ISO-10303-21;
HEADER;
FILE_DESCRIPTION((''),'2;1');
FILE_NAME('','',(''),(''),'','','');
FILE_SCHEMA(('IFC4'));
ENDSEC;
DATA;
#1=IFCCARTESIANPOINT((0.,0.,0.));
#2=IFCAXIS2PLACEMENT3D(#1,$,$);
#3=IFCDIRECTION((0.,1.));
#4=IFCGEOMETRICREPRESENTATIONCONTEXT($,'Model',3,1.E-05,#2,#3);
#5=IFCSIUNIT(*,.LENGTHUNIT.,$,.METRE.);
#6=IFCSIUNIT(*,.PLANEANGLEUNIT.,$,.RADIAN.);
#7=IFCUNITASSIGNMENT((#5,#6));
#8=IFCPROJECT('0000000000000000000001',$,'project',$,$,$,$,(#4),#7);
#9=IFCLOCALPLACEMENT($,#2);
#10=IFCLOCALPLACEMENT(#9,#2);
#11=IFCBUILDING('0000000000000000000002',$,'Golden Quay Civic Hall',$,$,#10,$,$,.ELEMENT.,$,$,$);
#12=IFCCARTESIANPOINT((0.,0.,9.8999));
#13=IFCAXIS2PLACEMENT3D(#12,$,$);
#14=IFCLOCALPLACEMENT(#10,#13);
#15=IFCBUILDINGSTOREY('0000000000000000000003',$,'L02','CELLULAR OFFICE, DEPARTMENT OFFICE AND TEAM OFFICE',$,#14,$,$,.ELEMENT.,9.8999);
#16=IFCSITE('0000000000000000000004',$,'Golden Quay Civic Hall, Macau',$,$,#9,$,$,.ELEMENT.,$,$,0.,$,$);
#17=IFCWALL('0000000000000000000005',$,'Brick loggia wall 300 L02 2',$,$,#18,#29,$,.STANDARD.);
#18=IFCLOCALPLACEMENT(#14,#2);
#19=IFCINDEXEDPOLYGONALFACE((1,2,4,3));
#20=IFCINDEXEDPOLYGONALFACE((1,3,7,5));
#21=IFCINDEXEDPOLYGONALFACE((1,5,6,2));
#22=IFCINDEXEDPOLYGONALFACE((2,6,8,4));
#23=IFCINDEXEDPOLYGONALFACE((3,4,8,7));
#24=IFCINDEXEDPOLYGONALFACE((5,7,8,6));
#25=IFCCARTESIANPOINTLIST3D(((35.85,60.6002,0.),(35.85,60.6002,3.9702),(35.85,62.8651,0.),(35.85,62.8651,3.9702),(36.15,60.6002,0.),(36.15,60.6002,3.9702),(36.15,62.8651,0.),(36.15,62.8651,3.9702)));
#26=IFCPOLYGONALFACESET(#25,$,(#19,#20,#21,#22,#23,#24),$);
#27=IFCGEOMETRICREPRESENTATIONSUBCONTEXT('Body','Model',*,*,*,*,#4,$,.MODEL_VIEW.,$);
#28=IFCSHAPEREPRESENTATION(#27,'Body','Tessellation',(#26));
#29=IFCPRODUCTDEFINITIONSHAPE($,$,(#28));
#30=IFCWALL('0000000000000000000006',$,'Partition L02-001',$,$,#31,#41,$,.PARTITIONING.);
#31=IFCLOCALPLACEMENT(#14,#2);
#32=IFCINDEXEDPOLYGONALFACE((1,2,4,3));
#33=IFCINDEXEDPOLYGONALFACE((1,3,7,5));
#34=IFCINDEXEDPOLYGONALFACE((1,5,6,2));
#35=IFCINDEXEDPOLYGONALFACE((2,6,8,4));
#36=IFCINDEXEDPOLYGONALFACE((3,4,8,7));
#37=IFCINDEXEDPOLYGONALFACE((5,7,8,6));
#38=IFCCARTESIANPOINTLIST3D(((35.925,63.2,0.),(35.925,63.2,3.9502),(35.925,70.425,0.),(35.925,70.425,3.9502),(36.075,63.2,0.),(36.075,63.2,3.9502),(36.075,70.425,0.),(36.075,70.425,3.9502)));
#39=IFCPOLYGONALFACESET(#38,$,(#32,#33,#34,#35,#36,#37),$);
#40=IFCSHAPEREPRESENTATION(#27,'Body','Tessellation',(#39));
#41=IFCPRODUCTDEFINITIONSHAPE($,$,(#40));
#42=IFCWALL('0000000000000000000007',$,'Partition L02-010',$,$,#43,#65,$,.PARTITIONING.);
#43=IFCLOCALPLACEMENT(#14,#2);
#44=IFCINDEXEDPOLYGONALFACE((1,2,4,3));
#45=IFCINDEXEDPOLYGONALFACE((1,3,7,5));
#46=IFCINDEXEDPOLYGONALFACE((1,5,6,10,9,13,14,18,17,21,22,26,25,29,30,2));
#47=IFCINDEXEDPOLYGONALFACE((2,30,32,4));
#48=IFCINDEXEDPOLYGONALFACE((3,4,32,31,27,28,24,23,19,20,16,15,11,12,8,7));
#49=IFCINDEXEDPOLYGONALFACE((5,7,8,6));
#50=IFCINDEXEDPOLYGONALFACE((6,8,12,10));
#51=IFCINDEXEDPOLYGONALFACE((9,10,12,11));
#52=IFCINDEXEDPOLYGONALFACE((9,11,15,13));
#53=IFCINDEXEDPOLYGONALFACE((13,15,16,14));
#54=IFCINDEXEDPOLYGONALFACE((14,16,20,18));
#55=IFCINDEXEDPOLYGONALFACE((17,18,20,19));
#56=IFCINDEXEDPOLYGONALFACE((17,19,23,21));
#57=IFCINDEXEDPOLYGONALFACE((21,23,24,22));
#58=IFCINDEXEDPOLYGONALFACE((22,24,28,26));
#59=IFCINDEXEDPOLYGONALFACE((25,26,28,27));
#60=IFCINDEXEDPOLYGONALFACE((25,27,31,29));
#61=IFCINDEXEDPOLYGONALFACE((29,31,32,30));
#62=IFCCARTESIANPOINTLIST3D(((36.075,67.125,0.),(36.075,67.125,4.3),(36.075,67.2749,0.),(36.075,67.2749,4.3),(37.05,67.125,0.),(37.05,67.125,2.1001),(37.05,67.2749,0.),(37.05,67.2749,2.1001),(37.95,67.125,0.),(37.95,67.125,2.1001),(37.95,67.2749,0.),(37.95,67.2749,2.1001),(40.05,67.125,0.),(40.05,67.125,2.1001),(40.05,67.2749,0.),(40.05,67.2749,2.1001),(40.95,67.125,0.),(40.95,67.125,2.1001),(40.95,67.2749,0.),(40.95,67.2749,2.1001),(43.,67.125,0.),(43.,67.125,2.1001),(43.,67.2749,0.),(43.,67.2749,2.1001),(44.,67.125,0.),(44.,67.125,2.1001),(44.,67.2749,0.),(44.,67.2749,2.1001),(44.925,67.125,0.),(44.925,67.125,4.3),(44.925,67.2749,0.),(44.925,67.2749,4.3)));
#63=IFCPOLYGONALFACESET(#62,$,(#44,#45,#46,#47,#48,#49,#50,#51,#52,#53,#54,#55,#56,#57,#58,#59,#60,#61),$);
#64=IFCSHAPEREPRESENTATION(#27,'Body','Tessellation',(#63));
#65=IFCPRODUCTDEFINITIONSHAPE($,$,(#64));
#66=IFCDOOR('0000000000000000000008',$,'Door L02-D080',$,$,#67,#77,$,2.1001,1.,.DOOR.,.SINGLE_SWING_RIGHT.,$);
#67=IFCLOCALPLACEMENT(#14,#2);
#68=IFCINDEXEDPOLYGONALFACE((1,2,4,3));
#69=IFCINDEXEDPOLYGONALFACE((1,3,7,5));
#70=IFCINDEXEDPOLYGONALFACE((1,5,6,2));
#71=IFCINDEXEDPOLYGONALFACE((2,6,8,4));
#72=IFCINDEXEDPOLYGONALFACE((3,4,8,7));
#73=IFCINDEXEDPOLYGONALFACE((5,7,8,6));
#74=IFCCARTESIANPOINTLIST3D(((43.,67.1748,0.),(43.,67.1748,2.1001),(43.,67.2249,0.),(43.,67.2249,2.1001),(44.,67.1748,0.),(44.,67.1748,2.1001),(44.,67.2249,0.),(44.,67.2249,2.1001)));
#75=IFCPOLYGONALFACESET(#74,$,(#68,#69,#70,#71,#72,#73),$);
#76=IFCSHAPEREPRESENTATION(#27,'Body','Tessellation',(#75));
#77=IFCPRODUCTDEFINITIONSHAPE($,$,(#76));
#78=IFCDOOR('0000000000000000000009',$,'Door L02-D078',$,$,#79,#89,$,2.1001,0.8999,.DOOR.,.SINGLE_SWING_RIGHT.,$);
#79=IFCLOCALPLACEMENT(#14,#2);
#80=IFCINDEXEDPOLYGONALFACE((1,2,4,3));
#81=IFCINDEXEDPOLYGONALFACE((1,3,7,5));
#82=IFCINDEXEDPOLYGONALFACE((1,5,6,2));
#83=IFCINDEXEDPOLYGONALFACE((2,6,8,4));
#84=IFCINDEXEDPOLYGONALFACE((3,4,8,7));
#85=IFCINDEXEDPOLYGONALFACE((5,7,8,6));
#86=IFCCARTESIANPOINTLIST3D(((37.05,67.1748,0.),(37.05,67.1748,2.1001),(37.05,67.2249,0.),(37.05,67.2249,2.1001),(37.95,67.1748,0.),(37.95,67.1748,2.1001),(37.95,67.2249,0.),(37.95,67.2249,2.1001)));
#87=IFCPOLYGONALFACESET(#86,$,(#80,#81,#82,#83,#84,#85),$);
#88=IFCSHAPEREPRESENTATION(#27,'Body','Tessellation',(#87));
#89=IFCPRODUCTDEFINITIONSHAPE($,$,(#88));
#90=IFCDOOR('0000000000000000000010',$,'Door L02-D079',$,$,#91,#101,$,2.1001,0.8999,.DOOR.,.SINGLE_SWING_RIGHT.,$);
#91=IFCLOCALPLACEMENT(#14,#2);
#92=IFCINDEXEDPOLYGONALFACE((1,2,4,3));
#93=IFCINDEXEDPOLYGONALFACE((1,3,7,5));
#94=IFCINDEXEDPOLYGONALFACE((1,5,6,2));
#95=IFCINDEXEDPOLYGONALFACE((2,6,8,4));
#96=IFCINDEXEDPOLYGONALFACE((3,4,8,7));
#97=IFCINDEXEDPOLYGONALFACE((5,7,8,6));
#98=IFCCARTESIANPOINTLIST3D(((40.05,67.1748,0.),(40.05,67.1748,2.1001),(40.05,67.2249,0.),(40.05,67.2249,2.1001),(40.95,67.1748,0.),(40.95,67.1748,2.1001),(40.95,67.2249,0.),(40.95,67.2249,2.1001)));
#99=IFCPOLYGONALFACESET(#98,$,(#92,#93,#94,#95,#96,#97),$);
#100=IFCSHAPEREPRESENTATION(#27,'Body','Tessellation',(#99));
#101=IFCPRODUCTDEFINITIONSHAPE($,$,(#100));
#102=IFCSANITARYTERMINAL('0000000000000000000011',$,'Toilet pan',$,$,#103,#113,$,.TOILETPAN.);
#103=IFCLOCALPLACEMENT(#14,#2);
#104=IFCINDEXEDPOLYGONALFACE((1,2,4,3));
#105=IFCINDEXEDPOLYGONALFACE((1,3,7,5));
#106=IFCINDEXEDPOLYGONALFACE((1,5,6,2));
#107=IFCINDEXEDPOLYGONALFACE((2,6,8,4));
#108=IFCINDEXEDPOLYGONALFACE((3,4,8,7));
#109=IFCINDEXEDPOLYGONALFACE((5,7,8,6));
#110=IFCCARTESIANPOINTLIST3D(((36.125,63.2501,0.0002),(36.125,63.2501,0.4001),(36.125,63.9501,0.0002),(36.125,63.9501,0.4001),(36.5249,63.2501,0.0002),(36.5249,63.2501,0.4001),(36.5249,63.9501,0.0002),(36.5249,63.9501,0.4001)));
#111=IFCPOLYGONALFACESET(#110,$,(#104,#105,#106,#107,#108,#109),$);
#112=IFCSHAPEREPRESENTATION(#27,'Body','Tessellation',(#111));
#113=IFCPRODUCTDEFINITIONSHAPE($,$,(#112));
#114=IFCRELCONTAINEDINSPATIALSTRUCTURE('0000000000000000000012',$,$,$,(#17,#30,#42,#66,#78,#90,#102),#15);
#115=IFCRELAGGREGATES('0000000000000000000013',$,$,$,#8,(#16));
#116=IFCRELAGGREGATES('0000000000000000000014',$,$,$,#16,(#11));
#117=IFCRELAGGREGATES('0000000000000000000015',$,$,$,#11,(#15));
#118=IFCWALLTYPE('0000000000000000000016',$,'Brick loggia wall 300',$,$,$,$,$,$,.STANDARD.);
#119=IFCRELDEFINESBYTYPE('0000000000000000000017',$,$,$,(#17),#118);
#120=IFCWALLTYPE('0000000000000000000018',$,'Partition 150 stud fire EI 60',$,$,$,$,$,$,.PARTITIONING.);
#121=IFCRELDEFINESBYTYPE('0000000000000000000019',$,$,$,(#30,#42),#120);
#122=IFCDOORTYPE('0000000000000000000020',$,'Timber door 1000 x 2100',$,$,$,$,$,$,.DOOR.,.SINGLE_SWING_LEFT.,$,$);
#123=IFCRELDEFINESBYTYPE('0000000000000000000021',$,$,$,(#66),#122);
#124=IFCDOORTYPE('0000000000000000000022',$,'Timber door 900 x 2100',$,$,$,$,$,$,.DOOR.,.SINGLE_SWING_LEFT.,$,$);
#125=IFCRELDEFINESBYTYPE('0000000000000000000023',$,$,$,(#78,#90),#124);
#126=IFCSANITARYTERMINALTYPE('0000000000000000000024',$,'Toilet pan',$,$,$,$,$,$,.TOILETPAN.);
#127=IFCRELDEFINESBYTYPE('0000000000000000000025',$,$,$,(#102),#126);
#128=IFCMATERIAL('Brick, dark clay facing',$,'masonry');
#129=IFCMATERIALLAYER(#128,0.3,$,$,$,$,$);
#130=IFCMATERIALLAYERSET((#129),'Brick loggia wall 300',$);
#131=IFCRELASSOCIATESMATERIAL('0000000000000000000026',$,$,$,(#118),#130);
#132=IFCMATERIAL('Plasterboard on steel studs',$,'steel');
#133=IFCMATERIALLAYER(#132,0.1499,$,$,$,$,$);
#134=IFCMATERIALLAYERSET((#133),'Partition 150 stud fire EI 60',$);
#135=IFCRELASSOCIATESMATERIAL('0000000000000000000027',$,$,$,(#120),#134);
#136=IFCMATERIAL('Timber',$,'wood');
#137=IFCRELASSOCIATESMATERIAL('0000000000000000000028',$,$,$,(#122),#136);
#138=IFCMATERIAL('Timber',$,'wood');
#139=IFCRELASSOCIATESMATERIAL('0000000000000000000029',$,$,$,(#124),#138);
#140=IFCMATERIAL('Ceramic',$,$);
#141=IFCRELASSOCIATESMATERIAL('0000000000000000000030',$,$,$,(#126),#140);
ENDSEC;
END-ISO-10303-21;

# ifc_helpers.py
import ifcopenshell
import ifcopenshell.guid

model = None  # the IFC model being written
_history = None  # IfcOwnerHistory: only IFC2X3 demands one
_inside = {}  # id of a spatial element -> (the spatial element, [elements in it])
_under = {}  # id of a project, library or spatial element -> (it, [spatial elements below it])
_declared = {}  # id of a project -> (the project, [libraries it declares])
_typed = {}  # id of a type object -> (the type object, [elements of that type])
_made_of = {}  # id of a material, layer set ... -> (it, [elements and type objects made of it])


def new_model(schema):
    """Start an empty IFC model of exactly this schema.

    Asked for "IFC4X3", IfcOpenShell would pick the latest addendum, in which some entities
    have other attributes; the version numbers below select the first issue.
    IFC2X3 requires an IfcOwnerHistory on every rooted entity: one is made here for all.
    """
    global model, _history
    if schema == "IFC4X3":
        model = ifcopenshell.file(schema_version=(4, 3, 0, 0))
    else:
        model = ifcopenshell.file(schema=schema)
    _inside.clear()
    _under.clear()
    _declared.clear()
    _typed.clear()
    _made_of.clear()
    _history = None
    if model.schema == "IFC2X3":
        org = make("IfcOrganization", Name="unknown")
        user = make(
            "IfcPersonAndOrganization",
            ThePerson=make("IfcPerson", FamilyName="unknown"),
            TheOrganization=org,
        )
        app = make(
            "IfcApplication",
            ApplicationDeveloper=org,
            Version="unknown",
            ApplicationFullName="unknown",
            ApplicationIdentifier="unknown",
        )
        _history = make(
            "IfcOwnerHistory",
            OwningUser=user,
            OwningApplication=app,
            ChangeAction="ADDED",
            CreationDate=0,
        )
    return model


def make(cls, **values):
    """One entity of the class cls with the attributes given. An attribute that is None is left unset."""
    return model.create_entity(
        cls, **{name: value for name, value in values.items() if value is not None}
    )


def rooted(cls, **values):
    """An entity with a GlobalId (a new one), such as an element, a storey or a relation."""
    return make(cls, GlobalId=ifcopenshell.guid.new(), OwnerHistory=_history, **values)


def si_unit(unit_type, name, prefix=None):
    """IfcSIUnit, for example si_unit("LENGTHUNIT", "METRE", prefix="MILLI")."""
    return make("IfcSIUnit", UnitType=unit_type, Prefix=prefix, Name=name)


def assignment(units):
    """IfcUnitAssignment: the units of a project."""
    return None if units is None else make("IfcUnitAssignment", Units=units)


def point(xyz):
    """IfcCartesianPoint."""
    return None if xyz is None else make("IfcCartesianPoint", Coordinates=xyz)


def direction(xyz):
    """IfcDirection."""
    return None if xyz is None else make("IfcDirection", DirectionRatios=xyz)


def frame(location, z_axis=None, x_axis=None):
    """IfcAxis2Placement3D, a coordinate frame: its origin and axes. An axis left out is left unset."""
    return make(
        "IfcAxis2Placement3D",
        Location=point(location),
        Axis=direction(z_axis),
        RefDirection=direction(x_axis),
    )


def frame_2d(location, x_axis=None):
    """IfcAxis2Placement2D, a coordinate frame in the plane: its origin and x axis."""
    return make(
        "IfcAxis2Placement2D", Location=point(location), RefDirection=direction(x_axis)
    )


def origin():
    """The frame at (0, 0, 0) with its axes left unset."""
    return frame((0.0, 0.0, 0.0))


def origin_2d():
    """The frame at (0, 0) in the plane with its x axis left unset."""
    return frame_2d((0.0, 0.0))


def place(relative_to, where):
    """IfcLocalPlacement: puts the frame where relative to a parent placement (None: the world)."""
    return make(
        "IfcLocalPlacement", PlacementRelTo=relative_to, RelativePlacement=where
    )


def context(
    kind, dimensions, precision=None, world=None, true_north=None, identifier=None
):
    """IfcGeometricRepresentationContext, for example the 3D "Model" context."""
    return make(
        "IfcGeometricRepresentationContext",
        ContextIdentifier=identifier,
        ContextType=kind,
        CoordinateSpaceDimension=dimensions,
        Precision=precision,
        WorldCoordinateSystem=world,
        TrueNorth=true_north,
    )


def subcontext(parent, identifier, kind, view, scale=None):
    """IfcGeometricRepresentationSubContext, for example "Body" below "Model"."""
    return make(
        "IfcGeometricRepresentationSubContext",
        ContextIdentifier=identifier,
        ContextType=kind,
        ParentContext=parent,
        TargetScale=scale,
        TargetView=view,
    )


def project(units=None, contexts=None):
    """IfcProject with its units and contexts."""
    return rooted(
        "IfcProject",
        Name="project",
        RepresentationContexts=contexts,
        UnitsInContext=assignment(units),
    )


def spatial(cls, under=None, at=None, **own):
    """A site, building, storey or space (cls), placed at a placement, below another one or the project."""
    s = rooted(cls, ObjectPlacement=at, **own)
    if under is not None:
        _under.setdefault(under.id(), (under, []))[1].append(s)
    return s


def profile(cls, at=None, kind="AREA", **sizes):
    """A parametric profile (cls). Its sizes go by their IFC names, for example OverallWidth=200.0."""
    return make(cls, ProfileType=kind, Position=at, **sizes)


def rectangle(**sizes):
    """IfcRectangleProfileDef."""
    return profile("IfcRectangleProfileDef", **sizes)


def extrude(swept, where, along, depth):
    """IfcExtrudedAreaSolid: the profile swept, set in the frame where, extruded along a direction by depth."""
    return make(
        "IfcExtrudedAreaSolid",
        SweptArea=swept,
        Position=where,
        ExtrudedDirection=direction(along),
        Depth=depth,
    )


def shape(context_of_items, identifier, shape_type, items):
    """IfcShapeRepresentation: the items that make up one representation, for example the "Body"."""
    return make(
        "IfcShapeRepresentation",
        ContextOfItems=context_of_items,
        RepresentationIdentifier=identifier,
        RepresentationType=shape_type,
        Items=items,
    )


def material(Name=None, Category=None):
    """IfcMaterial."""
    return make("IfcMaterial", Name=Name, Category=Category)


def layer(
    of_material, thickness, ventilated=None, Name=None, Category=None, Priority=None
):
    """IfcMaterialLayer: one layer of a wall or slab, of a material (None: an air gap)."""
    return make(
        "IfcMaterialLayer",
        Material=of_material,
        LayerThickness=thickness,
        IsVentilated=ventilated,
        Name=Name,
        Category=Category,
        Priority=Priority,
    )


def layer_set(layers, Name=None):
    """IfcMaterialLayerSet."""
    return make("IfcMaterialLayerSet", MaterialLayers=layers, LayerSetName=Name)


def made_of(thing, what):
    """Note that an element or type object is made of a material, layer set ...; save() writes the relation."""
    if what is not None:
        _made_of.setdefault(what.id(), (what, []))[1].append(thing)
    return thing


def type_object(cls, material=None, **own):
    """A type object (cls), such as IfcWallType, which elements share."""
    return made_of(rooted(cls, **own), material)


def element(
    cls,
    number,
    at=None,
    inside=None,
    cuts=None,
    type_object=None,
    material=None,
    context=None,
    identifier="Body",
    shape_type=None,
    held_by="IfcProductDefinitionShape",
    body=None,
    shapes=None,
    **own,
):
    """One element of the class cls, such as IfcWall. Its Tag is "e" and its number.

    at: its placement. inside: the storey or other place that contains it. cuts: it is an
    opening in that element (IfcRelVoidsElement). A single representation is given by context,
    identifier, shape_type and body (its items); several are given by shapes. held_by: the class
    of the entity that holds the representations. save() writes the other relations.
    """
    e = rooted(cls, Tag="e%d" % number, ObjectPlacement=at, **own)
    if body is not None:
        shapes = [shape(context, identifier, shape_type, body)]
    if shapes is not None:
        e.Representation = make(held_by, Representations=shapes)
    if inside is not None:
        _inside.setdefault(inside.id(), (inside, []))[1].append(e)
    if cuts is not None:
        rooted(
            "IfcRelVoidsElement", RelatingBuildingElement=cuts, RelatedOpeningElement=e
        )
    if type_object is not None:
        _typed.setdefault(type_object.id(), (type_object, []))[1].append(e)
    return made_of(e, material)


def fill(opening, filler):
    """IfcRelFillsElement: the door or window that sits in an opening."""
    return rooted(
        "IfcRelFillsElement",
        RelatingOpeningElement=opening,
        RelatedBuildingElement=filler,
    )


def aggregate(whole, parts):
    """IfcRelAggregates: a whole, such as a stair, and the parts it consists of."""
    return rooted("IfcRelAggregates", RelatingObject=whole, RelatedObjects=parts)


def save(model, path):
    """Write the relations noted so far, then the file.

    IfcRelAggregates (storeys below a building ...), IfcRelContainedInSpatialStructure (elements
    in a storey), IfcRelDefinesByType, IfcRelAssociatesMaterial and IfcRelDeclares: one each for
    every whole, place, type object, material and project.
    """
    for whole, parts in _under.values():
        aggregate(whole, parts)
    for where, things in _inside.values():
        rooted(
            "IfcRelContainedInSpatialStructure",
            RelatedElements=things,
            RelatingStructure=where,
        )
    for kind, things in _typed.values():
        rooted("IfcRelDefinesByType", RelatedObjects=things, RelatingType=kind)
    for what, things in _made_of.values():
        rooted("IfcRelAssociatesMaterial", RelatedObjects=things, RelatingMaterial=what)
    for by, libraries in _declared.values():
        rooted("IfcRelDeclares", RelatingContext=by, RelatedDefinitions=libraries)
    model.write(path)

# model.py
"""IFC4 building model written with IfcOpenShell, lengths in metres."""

from ifc_helpers import new_model, si_unit, direction, frame, frame_2d, origin, origin_2d, place, context, subcontext, project, spatial, rectangle, extrude, material, layer, layer_set, type_object, element, fill, save


model = new_model("IFC4")

# Units and contexts
model_context = context("Model", 3, precision=1e-05, world=origin(), true_north=direction((0.0, 1.0)))
body_context = subcontext(model_context, "Body", "Model", "MODEL_VIEW")
ifc_project = project(units=[si_unit("LENGTHUNIT", "METRE"), si_unit("PLANEANGLEUNIT", "RADIAN")], contexts=[model_context])

# Site, building, storey
site_placement = place(None, origin())
site = spatial("IfcSite", under=ifc_project, at=site_placement, Name="Golden Quay Civic Hall, Macau", CompositionType="ELEMENT", RefElevation=0.0)
building_placement = place(site_placement, origin())
building = spatial("IfcBuilding", under=site, at=building_placement, Name="Golden Quay Civic Hall", CompositionType="ELEMENT")
storey_placement = place(building_placement, frame((0.0, 0.0, 9.8999)))
storey = spatial("IfcBuildingStorey", under=building, at=storey_placement, Name="L02", Description="CELLULAR OFFICE, DEPARTMENT OFFICE AND TEAM OFFICE", CompositionType="ELEMENT", Elevation=9.8999)

# Walls
ifc_material_1 = material(Name="Brick, dark clay facing", Category="masonry")
ifc_layer_1 = layer(ifc_material_1, 0.3)
ifc_layer_set_1 = layer_set([ifc_layer_1], Name="Brick loggia wall 300")
wall_type_1 = type_object("IfcWallType", Name="Brick loggia wall 300", PredefinedType="STANDARD", material=ifc_layer_set_1)
wall_1_placement = place(storey_placement, frame((36.0, 62.865, 0.0), z_axis=(0.0, 0.0, 1.0), x_axis=(0.0, -1.0, 0.0)))
element("IfcWall", 1, at=wall_1_placement, inside=storey, type_object=wall_type_1, Name="Brick loggia wall 300 L02 2", PredefinedType="STANDARD", context=body_context, shape_type="SweptSolid", body=[
    extrude(rectangle(XDim=2.2649, YDim=0.3, at=frame_2d((1.1323, 0.0))), origin(), (0.0, 0.0, 1.0), 3.9702),
])
ifc_material_2 = material(Name="Plasterboard on steel studs", Category="steel")
ifc_layer_2 = layer(ifc_material_2, 0.1499)
ifc_layer_set_2 = layer_set([ifc_layer_2], Name="Partition 150 stud fire EI 60")
wall_type_2 = type_object("IfcWallType", Name="Partition 150 stud fire EI 60", PredefinedType="PARTITIONING", material=ifc_layer_set_2)
wall_2_placement = place(storey_placement, frame((36.0, 63.2, 0.0), z_axis=(0.0, 0.0, 1.0), x_axis=(0.0, 1.0, 0.0)))
element("IfcWall", 2, at=wall_2_placement, inside=storey, type_object=wall_type_2, Name="Partition L02-001", PredefinedType="PARTITIONING", context=body_context, shape_type="SweptSolid", body=[
    extrude(rectangle(XDim=7.2251, YDim=0.1499, at=frame_2d((3.6125, 0.0))), origin(), (0.0, 0.0, 1.0), 3.9502),
])

# Wall, openings, doors
wall_3_placement = place(storey_placement, frame((36.075, 67.2, 0.0), z_axis=(0.0, 0.0, 1.0), x_axis=(1.0, 0.0, 0.0)))
wall_3 = element("IfcWall", 3, at=wall_3_placement, inside=storey, type_object=wall_type_2, Name="Partition L02-010", PredefinedType="PARTITIONING", context=body_context, shape_type="SweptSolid", body=[
    extrude(rectangle(XDim=8.8501, YDim=0.1499, at=frame_2d((4.425, 0.0))), origin(), (0.0, 0.0, 1.0), 4.3),
])
opening_1_placement = place(wall_3_placement, frame((0.9751, 0.0, 0.0)))
opening_1 = element("IfcOpeningElement", 4, at=opening_1_placement, cuts=wall_3, PredefinedType="OPENING", context=body_context, shape_type="SweptSolid", body=[
    extrude(rectangle(XDim=0.8999, YDim=2.1001, at=frame_2d((0.45, 1.05))), frame((0.0, 0.085, 0.0), z_axis=(0.0, -1.0, 0.0), x_axis=(1.0, 0.0, 0.0)), (0.0, 0.0, 1.0), 0.1699),
])
opening_2_placement = place(wall_3_placement, frame((3.9751, 0.0, 0.0)))
opening_2 = element("IfcOpeningElement", 5, at=opening_2_placement, cuts=wall_3, PredefinedType="OPENING", context=body_context, shape_type="SweptSolid", body=[
    extrude(rectangle(XDim=0.8999, YDim=2.1001, at=frame_2d((0.45, 1.05))), frame((0.0, 0.085, 0.0), z_axis=(0.0, -1.0, 0.0), x_axis=(1.0, 0.0, 0.0)), (0.0, 0.0, 1.0), 0.1699),
])
opening_3_placement = place(wall_3_placement, frame((6.925, 0.0, 0.0)))
opening_3 = element("IfcOpeningElement", 6, at=opening_3_placement, cuts=wall_3, PredefinedType="OPENING", context=body_context, shape_type="SweptSolid", body=[
    extrude(rectangle(XDim=1.0, YDim=2.1001, at=frame_2d((0.5, 1.05))), frame((0.0, 0.085, 0.0), z_axis=(0.0, -1.0, 0.0), x_axis=(1.0, 0.0, 0.0)), (0.0, 0.0, 1.0), 0.1699),
])
ifc_material_3 = material(Name="Timber", Category="wood")
door_type_1 = type_object("IfcDoorType", Name="Timber door 1000 x 2100", OperationType="SINGLE_SWING_LEFT", PredefinedType="DOOR", material=ifc_material_3)
door_1_placement = place(opening_3_placement, frame((1.0, 0.0, 0.0), z_axis=(0.0, 0.0, 1.0), x_axis=(-1.0, 0.0, 0.0)))
door_1 = element("IfcDoor", 7, at=door_1_placement, inside=storey, type_object=door_type_1, Name="Door L02-D080", OperationType="SINGLE_SWING_RIGHT", OverallHeight=2.1001, OverallWidth=1.0, PredefinedType="DOOR", context=body_context, shape_type="SweptSolid", body=[
    extrude(rectangle(XDim=1.0, YDim=2.1001, at=frame_2d((0.5, 1.05))), frame((0.0, 0.0251, 0.0), z_axis=(0.0, -1.0, 0.0), x_axis=(1.0, 0.0, 0.0)), (0.0, 0.0, 1.0), 0.05),
])
fill(opening_3, door_1)
ifc_material_4 = material(Name="Timber", Category="wood")
door_type_2 = type_object("IfcDoorType", Name="Timber door 900 x 2100", OperationType="SINGLE_SWING_LEFT", PredefinedType="DOOR", material=ifc_material_4)
door_2_placement = place(opening_1_placement, frame((0.8999, 0.0, 0.0), z_axis=(0.0, 0.0, 1.0), x_axis=(-1.0, 0.0, 0.0)))
door_2 = element("IfcDoor", 8, at=door_2_placement, inside=storey, type_object=door_type_2, Name="Door L02-D078", OperationType="SINGLE_SWING_RIGHT", OverallHeight=2.1001, OverallWidth=0.8999, PredefinedType="DOOR", context=body_context, shape_type="SweptSolid", body=[
    extrude(rectangle(XDim=0.8999, YDim=2.1001, at=frame_2d((0.45, 1.05))), frame((0.0, 0.0251, 0.0), z_axis=(0.0, -1.0, 0.0), x_axis=(1.0, 0.0, 0.0)), (0.0, 0.0, 1.0), 0.05),
])
fill(opening_1, door_2)
door_3_placement = place(opening_2_placement, frame((0.8999, 0.0, 0.0), z_axis=(0.0, 0.0, 1.0), x_axis=(-1.0, 0.0, 0.0)))
door_3 = element("IfcDoor", 9, at=door_3_placement, inside=storey, type_object=door_type_2, Name="Door L02-D079", OperationType="SINGLE_SWING_RIGHT", OverallHeight=2.1001, OverallWidth=0.8999, PredefinedType="DOOR", context=body_context, shape_type="SweptSolid", body=[
    extrude(rectangle(XDim=0.8999, YDim=2.1001, at=frame_2d((0.45, 1.05))), frame((0.0, 0.0251, 0.0), z_axis=(0.0, -1.0, 0.0), x_axis=(1.0, 0.0, 0.0)), (0.0, 0.0, 1.0), 0.05),
])
fill(opening_2, door_3)

# Sanitary terminal
ifc_material_5 = material(Name="Ceramic")
sanitary_terminal_type = type_object("IfcSanitaryTerminalType", Name="Toilet pan", PredefinedType="TOILETPAN", material=ifc_material_5)
sanitary_terminal_placement = place(storey_placement, frame((36.325, 63.6001, 0.0002), z_axis=(0.0, 0.0, 1.0), x_axis=(1.0, 0.0, 0.0)))
element("IfcSanitaryTerminal", 10, at=sanitary_terminal_placement, inside=storey, type_object=sanitary_terminal_type, Name="Toilet pan", PredefinedType="TOILETPAN", context=body_context, shape_type="SweptSolid", body=[
    extrude(rectangle(XDim=0.3999, YDim=0.7, at=origin_2d()), origin(), (0.0, 0.0, 1.0), 0.3999),
])

save(model, "model.ifc")
